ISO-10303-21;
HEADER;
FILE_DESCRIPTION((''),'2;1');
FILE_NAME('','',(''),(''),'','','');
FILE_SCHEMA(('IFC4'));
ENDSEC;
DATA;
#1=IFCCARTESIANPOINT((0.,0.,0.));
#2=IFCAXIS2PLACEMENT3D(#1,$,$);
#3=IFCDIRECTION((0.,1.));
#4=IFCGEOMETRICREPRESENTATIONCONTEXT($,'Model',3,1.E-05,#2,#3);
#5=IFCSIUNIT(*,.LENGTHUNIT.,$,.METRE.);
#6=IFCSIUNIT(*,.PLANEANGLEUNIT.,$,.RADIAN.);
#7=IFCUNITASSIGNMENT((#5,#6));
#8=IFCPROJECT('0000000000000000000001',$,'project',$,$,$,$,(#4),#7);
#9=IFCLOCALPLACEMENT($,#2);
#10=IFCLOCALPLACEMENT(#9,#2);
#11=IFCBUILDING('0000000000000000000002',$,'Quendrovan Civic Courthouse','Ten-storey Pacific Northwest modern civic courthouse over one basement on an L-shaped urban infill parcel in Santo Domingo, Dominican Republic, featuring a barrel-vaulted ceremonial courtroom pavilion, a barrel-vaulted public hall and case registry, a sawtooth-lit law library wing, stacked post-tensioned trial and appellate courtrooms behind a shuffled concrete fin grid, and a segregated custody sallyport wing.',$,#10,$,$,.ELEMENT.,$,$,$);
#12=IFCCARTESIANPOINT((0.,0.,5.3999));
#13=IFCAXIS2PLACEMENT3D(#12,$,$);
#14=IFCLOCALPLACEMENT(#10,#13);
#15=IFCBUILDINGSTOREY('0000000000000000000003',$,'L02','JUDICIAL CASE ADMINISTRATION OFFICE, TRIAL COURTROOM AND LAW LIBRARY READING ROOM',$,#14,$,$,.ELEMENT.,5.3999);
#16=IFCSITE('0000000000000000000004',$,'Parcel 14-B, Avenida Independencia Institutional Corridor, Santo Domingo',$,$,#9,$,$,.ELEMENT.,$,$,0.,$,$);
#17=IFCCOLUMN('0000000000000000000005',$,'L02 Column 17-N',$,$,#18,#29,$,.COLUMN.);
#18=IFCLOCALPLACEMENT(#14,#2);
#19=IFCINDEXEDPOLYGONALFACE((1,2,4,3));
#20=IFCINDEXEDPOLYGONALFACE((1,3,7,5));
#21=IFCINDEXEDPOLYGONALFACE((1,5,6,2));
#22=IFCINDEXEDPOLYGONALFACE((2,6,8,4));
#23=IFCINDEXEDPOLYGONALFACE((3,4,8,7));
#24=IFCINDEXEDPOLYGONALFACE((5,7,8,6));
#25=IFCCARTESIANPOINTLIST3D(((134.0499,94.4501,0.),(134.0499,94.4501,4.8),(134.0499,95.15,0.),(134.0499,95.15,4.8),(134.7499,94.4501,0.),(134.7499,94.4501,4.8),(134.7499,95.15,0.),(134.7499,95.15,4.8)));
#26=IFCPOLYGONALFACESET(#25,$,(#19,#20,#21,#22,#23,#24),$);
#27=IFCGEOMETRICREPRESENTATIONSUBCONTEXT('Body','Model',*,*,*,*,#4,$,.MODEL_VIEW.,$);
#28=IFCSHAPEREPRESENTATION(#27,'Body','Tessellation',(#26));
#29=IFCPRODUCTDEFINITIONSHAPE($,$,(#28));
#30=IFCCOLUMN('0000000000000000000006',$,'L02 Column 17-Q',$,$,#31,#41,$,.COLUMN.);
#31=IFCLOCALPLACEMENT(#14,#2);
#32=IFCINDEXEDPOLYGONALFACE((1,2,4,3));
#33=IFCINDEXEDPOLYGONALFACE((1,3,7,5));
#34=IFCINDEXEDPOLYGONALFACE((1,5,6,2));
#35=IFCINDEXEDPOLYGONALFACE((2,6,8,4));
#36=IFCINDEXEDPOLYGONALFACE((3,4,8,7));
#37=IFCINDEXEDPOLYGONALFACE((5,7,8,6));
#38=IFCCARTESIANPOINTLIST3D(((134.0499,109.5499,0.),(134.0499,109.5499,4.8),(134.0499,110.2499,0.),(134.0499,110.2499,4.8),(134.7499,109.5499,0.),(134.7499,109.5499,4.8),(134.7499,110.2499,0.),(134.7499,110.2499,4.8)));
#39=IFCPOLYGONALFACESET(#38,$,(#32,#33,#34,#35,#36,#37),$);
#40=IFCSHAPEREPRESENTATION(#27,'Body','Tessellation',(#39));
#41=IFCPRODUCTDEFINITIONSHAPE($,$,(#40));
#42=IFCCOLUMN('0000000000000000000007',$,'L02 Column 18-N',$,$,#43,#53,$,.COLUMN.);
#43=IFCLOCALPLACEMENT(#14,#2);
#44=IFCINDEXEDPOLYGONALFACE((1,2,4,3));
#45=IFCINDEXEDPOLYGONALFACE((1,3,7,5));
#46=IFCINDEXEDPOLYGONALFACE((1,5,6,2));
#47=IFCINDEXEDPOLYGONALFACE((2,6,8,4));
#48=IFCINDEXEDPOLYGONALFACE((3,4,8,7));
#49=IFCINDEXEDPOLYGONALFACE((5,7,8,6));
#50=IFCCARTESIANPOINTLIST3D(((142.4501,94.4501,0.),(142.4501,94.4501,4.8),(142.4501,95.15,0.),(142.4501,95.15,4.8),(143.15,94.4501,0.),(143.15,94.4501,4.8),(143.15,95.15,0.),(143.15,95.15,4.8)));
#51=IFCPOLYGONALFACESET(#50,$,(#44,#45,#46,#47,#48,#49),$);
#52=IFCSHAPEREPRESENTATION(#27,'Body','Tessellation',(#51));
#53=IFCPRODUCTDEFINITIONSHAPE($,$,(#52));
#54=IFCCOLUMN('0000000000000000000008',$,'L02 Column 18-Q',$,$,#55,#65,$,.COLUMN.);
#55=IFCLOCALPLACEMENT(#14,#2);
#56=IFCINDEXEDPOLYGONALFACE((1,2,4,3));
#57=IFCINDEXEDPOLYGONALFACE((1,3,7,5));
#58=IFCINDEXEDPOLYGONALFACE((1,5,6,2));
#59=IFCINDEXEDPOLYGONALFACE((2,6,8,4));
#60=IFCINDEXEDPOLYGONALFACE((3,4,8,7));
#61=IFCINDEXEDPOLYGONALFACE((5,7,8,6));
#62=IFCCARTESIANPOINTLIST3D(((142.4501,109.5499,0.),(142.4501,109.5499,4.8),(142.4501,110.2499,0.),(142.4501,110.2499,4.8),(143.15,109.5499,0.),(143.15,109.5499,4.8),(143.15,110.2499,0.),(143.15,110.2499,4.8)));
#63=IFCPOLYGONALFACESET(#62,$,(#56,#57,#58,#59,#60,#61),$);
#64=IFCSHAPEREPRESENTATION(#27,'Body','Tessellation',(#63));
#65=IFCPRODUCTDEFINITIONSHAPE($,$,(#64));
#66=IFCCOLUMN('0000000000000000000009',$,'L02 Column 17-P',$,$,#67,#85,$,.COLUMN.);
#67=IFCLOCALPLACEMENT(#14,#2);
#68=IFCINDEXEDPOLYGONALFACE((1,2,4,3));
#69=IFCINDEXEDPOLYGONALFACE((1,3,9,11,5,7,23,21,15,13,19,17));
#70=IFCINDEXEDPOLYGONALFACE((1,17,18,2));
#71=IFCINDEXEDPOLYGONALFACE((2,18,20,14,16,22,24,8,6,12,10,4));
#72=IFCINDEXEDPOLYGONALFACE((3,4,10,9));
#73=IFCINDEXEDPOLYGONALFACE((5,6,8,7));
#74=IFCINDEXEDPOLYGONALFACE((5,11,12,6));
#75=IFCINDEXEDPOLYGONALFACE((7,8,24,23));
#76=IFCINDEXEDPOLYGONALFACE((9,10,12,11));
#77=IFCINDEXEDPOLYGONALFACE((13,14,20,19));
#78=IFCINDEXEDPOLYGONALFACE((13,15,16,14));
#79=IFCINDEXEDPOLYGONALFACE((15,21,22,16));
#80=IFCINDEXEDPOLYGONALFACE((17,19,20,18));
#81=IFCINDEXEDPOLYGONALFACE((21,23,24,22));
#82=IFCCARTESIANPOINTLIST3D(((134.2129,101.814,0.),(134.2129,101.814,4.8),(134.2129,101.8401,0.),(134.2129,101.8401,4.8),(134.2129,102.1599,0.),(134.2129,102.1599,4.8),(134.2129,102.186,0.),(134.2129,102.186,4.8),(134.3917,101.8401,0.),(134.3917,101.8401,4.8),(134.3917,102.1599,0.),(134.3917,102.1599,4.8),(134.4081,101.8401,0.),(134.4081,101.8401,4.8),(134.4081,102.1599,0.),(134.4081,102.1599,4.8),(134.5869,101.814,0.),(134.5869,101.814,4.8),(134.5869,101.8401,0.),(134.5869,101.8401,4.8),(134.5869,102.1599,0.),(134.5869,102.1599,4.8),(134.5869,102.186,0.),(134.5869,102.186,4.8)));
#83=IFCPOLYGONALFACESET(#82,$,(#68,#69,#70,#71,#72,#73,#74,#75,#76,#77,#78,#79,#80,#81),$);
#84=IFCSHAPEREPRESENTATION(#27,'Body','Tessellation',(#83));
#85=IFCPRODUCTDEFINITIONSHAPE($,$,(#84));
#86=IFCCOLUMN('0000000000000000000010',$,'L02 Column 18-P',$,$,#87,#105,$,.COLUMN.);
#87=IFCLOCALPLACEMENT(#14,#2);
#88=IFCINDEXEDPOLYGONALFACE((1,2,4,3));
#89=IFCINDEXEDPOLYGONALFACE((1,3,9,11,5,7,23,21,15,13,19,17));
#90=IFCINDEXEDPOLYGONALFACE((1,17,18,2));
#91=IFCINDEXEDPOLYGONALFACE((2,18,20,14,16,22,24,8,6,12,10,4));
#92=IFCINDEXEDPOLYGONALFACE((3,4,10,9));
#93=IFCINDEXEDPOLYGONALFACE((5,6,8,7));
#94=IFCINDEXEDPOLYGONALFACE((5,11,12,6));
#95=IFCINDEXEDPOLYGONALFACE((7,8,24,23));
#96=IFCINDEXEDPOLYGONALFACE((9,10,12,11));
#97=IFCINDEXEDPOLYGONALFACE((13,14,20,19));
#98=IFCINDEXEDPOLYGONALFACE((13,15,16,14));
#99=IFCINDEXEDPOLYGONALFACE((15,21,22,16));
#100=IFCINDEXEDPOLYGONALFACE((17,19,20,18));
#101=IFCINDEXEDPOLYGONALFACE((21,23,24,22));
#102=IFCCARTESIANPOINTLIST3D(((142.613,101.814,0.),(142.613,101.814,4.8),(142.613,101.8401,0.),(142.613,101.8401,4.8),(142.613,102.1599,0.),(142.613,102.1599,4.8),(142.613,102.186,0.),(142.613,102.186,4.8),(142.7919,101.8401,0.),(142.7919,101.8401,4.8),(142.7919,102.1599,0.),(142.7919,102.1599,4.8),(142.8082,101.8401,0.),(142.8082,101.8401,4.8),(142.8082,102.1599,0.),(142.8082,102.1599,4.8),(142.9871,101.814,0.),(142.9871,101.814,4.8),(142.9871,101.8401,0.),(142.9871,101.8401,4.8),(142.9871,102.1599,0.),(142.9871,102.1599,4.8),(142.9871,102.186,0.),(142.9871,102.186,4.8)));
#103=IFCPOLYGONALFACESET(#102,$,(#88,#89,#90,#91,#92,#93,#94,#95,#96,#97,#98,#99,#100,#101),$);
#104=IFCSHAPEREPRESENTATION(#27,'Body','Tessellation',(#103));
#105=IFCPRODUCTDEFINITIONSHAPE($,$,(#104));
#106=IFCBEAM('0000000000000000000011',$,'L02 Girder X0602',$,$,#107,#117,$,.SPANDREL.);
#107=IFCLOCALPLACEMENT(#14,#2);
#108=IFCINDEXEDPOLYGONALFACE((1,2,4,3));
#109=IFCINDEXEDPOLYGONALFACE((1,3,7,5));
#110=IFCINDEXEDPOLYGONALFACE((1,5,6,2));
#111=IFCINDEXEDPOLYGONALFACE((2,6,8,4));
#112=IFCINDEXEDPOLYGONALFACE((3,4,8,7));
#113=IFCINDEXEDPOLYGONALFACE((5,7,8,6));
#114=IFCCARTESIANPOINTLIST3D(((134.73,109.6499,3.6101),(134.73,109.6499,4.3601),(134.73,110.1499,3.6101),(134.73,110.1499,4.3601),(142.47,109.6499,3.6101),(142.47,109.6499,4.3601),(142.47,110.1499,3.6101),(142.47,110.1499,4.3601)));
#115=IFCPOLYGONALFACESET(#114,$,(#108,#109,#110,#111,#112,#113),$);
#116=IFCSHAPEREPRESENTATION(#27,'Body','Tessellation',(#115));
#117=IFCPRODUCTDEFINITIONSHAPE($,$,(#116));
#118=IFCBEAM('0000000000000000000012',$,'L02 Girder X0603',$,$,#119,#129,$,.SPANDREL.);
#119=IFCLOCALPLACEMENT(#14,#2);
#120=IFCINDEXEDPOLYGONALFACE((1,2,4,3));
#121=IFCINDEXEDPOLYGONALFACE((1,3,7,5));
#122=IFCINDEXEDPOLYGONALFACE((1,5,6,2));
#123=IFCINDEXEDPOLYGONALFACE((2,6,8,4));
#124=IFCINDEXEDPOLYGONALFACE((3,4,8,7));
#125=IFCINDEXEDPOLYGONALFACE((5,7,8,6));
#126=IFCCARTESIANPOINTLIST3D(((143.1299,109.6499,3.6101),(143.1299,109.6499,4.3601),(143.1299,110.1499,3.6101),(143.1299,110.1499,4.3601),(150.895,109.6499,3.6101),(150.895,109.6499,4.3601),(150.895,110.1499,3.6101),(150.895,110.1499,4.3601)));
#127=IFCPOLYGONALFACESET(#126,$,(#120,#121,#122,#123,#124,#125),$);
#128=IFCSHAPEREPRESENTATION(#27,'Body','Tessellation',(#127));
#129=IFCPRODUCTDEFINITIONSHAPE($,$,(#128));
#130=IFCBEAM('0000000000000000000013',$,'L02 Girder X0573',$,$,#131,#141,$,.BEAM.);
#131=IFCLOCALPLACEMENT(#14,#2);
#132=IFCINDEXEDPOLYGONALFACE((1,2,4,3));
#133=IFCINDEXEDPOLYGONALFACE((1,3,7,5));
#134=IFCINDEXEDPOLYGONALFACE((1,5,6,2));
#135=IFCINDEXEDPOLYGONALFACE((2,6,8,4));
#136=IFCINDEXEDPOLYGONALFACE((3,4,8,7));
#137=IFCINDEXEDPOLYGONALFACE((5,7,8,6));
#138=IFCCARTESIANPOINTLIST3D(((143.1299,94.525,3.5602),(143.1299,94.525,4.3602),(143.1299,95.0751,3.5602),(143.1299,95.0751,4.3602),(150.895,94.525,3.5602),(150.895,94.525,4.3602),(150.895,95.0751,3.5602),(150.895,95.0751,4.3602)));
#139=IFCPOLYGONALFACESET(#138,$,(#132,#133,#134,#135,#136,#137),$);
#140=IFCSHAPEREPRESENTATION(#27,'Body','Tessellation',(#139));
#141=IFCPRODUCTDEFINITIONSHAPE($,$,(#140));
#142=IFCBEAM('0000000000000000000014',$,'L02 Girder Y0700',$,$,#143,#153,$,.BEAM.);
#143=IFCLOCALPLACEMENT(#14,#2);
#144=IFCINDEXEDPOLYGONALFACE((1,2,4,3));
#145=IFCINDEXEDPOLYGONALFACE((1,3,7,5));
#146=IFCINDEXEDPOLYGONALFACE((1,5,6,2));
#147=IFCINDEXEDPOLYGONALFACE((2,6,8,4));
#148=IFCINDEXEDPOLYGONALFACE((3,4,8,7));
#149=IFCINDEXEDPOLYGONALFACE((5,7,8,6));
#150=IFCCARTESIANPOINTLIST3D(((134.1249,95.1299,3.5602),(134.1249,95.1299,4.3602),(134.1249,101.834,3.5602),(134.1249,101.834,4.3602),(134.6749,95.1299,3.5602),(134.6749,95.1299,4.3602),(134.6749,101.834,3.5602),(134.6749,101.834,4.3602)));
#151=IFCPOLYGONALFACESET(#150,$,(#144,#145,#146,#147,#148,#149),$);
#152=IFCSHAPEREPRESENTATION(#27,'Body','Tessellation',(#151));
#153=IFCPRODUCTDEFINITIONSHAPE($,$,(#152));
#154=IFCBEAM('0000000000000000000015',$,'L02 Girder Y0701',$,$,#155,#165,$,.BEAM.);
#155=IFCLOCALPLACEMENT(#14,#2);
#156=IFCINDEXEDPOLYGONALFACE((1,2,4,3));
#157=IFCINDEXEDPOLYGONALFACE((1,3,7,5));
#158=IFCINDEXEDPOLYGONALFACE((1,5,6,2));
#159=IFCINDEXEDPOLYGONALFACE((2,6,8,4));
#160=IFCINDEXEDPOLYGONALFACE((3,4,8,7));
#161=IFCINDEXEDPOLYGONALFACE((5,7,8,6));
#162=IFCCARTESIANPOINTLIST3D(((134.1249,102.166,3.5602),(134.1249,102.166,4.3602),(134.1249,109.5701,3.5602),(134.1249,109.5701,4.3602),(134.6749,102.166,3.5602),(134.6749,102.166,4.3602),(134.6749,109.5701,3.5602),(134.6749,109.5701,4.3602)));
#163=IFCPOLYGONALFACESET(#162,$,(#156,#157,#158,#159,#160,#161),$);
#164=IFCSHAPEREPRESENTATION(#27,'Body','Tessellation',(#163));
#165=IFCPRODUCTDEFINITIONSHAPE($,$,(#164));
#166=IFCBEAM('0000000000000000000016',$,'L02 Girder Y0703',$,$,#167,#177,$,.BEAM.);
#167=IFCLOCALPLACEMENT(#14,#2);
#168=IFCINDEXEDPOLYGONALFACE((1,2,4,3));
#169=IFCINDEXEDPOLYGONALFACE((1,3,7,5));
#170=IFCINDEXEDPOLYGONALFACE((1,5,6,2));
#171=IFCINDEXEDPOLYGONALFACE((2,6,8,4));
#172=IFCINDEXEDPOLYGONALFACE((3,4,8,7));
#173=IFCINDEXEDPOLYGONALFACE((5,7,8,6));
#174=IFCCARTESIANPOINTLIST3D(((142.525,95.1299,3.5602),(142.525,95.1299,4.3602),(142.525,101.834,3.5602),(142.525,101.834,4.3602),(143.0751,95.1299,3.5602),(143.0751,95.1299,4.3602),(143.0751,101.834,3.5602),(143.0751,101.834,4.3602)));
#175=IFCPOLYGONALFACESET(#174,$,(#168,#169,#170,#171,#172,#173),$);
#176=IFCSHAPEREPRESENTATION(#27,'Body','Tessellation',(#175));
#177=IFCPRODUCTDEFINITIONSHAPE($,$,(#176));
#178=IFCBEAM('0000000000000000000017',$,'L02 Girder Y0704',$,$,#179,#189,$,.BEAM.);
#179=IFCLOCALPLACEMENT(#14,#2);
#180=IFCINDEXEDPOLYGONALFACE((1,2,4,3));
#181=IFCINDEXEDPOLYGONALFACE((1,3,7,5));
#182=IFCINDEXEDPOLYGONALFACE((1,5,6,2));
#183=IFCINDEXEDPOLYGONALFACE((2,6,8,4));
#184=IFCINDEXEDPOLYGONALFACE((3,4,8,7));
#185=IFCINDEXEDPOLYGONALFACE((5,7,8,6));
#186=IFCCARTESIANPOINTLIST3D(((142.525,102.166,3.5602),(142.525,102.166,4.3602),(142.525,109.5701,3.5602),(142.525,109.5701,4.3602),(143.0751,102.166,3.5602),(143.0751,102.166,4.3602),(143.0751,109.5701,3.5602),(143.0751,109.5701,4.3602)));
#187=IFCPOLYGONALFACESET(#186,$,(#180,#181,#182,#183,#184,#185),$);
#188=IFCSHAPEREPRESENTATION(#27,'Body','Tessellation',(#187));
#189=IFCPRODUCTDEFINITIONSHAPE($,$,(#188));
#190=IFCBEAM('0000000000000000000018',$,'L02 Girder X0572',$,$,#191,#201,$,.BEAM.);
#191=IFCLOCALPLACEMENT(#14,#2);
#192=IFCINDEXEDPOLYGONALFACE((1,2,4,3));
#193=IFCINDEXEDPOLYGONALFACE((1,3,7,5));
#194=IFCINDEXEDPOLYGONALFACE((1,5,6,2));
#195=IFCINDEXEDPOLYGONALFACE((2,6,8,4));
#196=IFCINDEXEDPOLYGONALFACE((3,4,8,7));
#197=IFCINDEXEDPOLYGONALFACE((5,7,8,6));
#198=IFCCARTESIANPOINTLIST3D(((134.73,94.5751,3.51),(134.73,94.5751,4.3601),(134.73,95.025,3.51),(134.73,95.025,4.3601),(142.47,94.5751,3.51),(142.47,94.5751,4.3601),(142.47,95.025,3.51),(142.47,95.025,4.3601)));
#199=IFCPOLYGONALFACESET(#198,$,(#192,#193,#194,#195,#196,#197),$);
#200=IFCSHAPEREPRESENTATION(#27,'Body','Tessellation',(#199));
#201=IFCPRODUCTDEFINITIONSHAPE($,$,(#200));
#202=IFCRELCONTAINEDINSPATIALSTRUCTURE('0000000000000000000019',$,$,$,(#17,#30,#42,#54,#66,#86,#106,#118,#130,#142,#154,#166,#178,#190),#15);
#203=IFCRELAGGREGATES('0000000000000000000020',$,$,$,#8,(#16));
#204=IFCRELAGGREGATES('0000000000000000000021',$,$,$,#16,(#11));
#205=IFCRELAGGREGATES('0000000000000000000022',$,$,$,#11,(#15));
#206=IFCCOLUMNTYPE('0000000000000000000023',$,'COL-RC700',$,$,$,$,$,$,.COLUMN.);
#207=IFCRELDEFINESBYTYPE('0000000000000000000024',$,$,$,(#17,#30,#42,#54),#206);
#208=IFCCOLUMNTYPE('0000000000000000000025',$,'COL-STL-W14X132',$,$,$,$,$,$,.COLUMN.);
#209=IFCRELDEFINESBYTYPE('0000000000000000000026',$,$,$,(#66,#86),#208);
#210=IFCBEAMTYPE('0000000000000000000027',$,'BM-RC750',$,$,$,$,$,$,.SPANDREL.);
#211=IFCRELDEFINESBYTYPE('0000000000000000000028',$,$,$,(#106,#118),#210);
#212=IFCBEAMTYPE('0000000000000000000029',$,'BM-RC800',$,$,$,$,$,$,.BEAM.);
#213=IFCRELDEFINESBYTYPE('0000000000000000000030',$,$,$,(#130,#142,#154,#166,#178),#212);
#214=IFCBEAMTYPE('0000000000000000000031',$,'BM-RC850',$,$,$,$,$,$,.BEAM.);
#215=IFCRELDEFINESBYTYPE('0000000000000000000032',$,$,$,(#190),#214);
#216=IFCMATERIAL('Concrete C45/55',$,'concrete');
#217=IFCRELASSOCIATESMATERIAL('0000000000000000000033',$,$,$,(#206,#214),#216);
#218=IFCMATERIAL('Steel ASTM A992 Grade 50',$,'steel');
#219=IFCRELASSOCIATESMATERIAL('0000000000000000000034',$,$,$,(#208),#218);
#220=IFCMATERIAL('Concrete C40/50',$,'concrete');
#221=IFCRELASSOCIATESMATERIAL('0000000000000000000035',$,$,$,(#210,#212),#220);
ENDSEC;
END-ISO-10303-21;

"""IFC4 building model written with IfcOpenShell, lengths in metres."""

from ifc_helpers import new_model, si_unit, direction, frame, origin, origin_2d, place, context, subcontext, project, spatial, rectangle, i_section, extrude, material, material_profile, profile_set, type_object, element, save


model = new_model("IFC4")

# Units and contexts
model_context = context("Model", 3, precision=1e-05, world=origin(), true_north=direction((0.0, 1.0)))
body_context = subcontext(model_context, "Body", "Model", "MODEL_VIEW")
ifc_project = project(units=[si_unit("LENGTHUNIT", "METRE"), si_unit("PLANEANGLEUNIT", "RADIAN")], contexts=[model_context])

# Site, building, storey
site_placement = place(None, origin())
site = spatial("IfcSite", under=ifc_project, at=site_placement, Name="Parcel 14-B, Avenida Independencia Institutional Corridor, Santo Domingo", CompositionType="ELEMENT", RefElevation=0.0)
building_placement = place(site_placement, origin())
building = spatial("IfcBuilding", under=site, at=building_placement, Name="Quendrovan Civic Courthouse", Description="Ten-storey Pacific Northwest modern civic courthouse over one basement on an L-shaped urban infill parcel in Santo Domingo, Dominican Republic, featuring a barrel-vaulted ceremonial courtroom pavilion, a barrel-vaulted public hall and case registry, a sawtooth-lit law library wing, stacked post-tensioned trial and appellate courtrooms behind a shuffled concrete fin grid, and a segregated custody sallyport wing.", CompositionType="ELEMENT")
storey_placement = place(building_placement, frame((0.0, 0.0, 5.3999)))
storey = spatial("IfcBuildingStorey", under=building, at=storey_placement, Name="L02", Description="JUDICIAL CASE ADMINISTRATION OFFICE, TRIAL COURTROOM AND LAW LIBRARY READING ROOM", CompositionType="ELEMENT", Elevation=5.3999)

# Columns
ifc_material_1 = material(Name="Concrete C45/55", Category="concrete")
ifc_material_profile_1 = material_profile(ifc_material_1, rectangle(XDim=0.7, YDim=0.7, at=origin_2d()), Name="RC-COL-700x700")
ifc_profile_set_1 = profile_set([ifc_material_profile_1], Name="Concrete C45/55")
column_type_1 = type_object("IfcColumnType", Name="COL-RC700", PredefinedType="COLUMN", material=ifc_profile_set_1)
for number, where, z_axis, x_axis, name in (
    (1, (134.3999, 94.8, 0.0), (0.0, 0.0, 1.0), (1.0, 0.0, 0.0), "L02 Column 17-N"),
    (2, (134.3999, 109.8999, 0.0), (0.0, 0.0, 1.0), (1.0, 0.0, 0.0), "L02 Column 17-Q"),
    (3, (142.8, 94.8, 0.0), (0.0, 0.0, 1.0), (1.0, 0.0, 0.0), "L02 Column 18-N"),
    (4, (142.8, 109.8999, 0.0), (0.0, 0.0, 1.0), (1.0, 0.0, 0.0), "L02 Column 18-Q"),
):
    element("IfcColumn", number, at=place(storey_placement, frame(where, z_axis=z_axis, x_axis=x_axis)), inside=storey, type_object=column_type_1, Name=name, PredefinedType="COLUMN", context=body_context, shape_type="SweptSolid", body=[
        extrude(rectangle(XDim=0.7, YDim=0.7, at=origin_2d()), origin(), (0.0, 0.0, 1.0), 4.8),
    ])
ifc_material_2 = material(Name="Steel ASTM A992 Grade 50", Category="steel")
ifc_material_profile_2 = material_profile(ifc_material_2, i_section(OverallWidth=0.374, OverallDepth=0.3721, WebThickness=0.0164, FlangeThickness=0.0261, at=origin_2d()), Name="W14X132")
ifc_profile_set_2 = profile_set([ifc_material_profile_2], Name="Steel ASTM A992 Grade 50")
column_type_2 = type_object("IfcColumnType", Name="COL-STL-W14X132", PredefinedType="COLUMN", material=ifc_profile_set_2)
for number, where, z_axis, x_axis, name in (
    (5, (134.3999, 102.0, 0.0), (0.0, 0.0, 1.0), (1.0, 0.0, 0.0), "L02 Column 17-P"),
    (6, (142.8, 102.0, 0.0), (0.0, 0.0, 1.0), (1.0, 0.0, 0.0), "L02 Column 18-P"),
):
    element("IfcColumn", number, at=place(storey_placement, frame(where, z_axis=z_axis, x_axis=x_axis)), inside=storey, type_object=column_type_2, Name=name, PredefinedType="COLUMN", context=body_context, shape_type="SweptSolid", body=[
        extrude(i_section(OverallWidth=0.374, OverallDepth=0.3721, WebThickness=0.0164, FlangeThickness=0.0261, at=origin_2d()), origin(), (0.0, 0.0, 1.0), 4.8),
    ])

# Beams
ifc_material_3 = material(Name="Concrete C40/50", Category="concrete")
ifc_material_profile_3 = material_profile(ifc_material_3, rectangle(XDim=0.5, YDim=0.75, at=origin_2d()), Name="RC-BM-500x750")
ifc_profile_set_3 = profile_set([ifc_material_profile_3], Name="Concrete C40/50")
beam_type_1 = type_object("IfcBeamType", Name="BM-RC750", PredefinedType="SPANDREL", material=ifc_profile_set_3)
beam_1_placement = place(storey_placement, frame((134.73, 109.8999, 3.9851), z_axis=(1.0, 0.0, 0.0), x_axis=(0.0, 1.0, 0.0)))
element("IfcBeam", 7, at=beam_1_placement, inside=storey, type_object=beam_type_1, Name="L02 Girder X0602", PredefinedType="SPANDREL", context=body_context, shape_type="SweptSolid", body=[
    extrude(rectangle(XDim=0.5, YDim=0.75, at=origin_2d()), origin(), (0.0, 0.0, 1.0), 7.74),
])
beam_2_placement = place(storey_placement, frame((143.1299, 109.8999, 3.9851), z_axis=(1.0, 0.0, 0.0), x_axis=(0.0, 1.0, 0.0)))
element("IfcBeam", 8, at=beam_2_placement, inside=storey, type_object=beam_type_1, Name="L02 Girder X0603", PredefinedType="SPANDREL", context=body_context, shape_type="SweptSolid", body=[
    extrude(rectangle(XDim=0.5, YDim=0.75, at=origin_2d()), origin(), (0.0, 0.0, 1.0), 7.7651),
])
ifc_material_profile_4 = material_profile(ifc_material_3, rectangle(XDim=0.55, YDim=0.8, at=origin_2d()), Name="RC-BM-550x800")
ifc_profile_set_4 = profile_set([ifc_material_profile_4], Name="Concrete C40/50")
beam_type_2 = type_object("IfcBeamType", Name="BM-RC800", PredefinedType="BEAM", material=ifc_profile_set_4)
beam_3_placement = place(storey_placement, frame((143.1299, 94.8, 3.9602), z_axis=(1.0, 0.0, 0.0), x_axis=(0.0, 1.0, 0.0)))
element("IfcBeam", 9, at=beam_3_placement, inside=storey, type_object=beam_type_2, Name="L02 Girder X0573", PredefinedType="BEAM", context=body_context, shape_type="SweptSolid", body=[
    extrude(rectangle(XDim=0.55, YDim=0.8, at=origin_2d()), origin(), (0.0, 0.0, 1.0), 7.7651),
])
beam_4_placement = place(storey_placement, frame((134.3999, 95.1299, 3.9602), z_axis=(0.0, 1.0, 0.0), x_axis=(-1.0, 0.0, 0.0)))
element("IfcBeam", 10, at=beam_4_placement, inside=storey, type_object=beam_type_2, Name="L02 Girder Y0700", PredefinedType="BEAM", context=body_context, shape_type="SweptSolid", body=[
    extrude(rectangle(XDim=0.55, YDim=0.8, at=origin_2d()), origin(), (0.0, 0.0, 1.0), 6.7041),
])
beam_5_placement = place(storey_placement, frame((134.3999, 102.166, 3.9602), z_axis=(0.0, 1.0, 0.0), x_axis=(-1.0, 0.0, 0.0)))
element("IfcBeam", 11, at=beam_5_placement, inside=storey, type_object=beam_type_2, Name="L02 Girder Y0701", PredefinedType="BEAM", context=body_context, shape_type="SweptSolid", body=[
    extrude(rectangle(XDim=0.55, YDim=0.8, at=origin_2d()), origin(), (0.0, 0.0, 1.0), 7.4041),
])
beam_6_placement = place(storey_placement, frame((142.8, 95.1299, 3.9602), z_axis=(0.0, 1.0, 0.0), x_axis=(-1.0, 0.0, 0.0)))
element("IfcBeam", 12, at=beam_6_placement, inside=storey, type_object=beam_type_2, Name="L02 Girder Y0703", PredefinedType="BEAM", context=body_context, shape_type="SweptSolid", body=[
    extrude(rectangle(XDim=0.55, YDim=0.8, at=origin_2d()), origin(), (0.0, 0.0, 1.0), 6.7041),
])
beam_7_placement = place(storey_placement, frame((142.8, 102.166, 3.9602), z_axis=(0.0, 1.0, 0.0), x_axis=(-1.0, 0.0, 0.0)))
element("IfcBeam", 13, at=beam_7_placement, inside=storey, type_object=beam_type_2, Name="L02 Girder Y0704", PredefinedType="BEAM", context=body_context, shape_type="SweptSolid", body=[
    extrude(rectangle(XDim=0.55, YDim=0.8, at=origin_2d()), origin(), (0.0, 0.0, 1.0), 7.4041),
])
ifc_material_profile_5 = material_profile(ifc_material_1, rectangle(XDim=0.45, YDim=0.8501, at=origin_2d()), Name="RC-BM-450x850")
ifc_profile_set_5 = profile_set([ifc_material_profile_5], Name="Concrete C45/55")
beam_type_3 = type_object("IfcBeamType", Name="BM-RC850", PredefinedType="BEAM", material=ifc_profile_set_5)
beam_8_placement = place(storey_placement, frame((134.73, 94.8, 3.9351), z_axis=(1.0, 0.0, 0.0), x_axis=(0.0, 1.0, 0.0)))
element("IfcBeam", 14, at=beam_8_placement, inside=storey, type_object=beam_type_3, Name="L02 Girder X0572", PredefinedType="BEAM", context=body_context, shape_type="SweptSolid", body=[
    extrude(rectangle(XDim=0.45, YDim=0.8501, at=origin_2d()), origin(), (0.0, 0.0, 1.0), 7.74),
])

save(model, "model.ifc")
